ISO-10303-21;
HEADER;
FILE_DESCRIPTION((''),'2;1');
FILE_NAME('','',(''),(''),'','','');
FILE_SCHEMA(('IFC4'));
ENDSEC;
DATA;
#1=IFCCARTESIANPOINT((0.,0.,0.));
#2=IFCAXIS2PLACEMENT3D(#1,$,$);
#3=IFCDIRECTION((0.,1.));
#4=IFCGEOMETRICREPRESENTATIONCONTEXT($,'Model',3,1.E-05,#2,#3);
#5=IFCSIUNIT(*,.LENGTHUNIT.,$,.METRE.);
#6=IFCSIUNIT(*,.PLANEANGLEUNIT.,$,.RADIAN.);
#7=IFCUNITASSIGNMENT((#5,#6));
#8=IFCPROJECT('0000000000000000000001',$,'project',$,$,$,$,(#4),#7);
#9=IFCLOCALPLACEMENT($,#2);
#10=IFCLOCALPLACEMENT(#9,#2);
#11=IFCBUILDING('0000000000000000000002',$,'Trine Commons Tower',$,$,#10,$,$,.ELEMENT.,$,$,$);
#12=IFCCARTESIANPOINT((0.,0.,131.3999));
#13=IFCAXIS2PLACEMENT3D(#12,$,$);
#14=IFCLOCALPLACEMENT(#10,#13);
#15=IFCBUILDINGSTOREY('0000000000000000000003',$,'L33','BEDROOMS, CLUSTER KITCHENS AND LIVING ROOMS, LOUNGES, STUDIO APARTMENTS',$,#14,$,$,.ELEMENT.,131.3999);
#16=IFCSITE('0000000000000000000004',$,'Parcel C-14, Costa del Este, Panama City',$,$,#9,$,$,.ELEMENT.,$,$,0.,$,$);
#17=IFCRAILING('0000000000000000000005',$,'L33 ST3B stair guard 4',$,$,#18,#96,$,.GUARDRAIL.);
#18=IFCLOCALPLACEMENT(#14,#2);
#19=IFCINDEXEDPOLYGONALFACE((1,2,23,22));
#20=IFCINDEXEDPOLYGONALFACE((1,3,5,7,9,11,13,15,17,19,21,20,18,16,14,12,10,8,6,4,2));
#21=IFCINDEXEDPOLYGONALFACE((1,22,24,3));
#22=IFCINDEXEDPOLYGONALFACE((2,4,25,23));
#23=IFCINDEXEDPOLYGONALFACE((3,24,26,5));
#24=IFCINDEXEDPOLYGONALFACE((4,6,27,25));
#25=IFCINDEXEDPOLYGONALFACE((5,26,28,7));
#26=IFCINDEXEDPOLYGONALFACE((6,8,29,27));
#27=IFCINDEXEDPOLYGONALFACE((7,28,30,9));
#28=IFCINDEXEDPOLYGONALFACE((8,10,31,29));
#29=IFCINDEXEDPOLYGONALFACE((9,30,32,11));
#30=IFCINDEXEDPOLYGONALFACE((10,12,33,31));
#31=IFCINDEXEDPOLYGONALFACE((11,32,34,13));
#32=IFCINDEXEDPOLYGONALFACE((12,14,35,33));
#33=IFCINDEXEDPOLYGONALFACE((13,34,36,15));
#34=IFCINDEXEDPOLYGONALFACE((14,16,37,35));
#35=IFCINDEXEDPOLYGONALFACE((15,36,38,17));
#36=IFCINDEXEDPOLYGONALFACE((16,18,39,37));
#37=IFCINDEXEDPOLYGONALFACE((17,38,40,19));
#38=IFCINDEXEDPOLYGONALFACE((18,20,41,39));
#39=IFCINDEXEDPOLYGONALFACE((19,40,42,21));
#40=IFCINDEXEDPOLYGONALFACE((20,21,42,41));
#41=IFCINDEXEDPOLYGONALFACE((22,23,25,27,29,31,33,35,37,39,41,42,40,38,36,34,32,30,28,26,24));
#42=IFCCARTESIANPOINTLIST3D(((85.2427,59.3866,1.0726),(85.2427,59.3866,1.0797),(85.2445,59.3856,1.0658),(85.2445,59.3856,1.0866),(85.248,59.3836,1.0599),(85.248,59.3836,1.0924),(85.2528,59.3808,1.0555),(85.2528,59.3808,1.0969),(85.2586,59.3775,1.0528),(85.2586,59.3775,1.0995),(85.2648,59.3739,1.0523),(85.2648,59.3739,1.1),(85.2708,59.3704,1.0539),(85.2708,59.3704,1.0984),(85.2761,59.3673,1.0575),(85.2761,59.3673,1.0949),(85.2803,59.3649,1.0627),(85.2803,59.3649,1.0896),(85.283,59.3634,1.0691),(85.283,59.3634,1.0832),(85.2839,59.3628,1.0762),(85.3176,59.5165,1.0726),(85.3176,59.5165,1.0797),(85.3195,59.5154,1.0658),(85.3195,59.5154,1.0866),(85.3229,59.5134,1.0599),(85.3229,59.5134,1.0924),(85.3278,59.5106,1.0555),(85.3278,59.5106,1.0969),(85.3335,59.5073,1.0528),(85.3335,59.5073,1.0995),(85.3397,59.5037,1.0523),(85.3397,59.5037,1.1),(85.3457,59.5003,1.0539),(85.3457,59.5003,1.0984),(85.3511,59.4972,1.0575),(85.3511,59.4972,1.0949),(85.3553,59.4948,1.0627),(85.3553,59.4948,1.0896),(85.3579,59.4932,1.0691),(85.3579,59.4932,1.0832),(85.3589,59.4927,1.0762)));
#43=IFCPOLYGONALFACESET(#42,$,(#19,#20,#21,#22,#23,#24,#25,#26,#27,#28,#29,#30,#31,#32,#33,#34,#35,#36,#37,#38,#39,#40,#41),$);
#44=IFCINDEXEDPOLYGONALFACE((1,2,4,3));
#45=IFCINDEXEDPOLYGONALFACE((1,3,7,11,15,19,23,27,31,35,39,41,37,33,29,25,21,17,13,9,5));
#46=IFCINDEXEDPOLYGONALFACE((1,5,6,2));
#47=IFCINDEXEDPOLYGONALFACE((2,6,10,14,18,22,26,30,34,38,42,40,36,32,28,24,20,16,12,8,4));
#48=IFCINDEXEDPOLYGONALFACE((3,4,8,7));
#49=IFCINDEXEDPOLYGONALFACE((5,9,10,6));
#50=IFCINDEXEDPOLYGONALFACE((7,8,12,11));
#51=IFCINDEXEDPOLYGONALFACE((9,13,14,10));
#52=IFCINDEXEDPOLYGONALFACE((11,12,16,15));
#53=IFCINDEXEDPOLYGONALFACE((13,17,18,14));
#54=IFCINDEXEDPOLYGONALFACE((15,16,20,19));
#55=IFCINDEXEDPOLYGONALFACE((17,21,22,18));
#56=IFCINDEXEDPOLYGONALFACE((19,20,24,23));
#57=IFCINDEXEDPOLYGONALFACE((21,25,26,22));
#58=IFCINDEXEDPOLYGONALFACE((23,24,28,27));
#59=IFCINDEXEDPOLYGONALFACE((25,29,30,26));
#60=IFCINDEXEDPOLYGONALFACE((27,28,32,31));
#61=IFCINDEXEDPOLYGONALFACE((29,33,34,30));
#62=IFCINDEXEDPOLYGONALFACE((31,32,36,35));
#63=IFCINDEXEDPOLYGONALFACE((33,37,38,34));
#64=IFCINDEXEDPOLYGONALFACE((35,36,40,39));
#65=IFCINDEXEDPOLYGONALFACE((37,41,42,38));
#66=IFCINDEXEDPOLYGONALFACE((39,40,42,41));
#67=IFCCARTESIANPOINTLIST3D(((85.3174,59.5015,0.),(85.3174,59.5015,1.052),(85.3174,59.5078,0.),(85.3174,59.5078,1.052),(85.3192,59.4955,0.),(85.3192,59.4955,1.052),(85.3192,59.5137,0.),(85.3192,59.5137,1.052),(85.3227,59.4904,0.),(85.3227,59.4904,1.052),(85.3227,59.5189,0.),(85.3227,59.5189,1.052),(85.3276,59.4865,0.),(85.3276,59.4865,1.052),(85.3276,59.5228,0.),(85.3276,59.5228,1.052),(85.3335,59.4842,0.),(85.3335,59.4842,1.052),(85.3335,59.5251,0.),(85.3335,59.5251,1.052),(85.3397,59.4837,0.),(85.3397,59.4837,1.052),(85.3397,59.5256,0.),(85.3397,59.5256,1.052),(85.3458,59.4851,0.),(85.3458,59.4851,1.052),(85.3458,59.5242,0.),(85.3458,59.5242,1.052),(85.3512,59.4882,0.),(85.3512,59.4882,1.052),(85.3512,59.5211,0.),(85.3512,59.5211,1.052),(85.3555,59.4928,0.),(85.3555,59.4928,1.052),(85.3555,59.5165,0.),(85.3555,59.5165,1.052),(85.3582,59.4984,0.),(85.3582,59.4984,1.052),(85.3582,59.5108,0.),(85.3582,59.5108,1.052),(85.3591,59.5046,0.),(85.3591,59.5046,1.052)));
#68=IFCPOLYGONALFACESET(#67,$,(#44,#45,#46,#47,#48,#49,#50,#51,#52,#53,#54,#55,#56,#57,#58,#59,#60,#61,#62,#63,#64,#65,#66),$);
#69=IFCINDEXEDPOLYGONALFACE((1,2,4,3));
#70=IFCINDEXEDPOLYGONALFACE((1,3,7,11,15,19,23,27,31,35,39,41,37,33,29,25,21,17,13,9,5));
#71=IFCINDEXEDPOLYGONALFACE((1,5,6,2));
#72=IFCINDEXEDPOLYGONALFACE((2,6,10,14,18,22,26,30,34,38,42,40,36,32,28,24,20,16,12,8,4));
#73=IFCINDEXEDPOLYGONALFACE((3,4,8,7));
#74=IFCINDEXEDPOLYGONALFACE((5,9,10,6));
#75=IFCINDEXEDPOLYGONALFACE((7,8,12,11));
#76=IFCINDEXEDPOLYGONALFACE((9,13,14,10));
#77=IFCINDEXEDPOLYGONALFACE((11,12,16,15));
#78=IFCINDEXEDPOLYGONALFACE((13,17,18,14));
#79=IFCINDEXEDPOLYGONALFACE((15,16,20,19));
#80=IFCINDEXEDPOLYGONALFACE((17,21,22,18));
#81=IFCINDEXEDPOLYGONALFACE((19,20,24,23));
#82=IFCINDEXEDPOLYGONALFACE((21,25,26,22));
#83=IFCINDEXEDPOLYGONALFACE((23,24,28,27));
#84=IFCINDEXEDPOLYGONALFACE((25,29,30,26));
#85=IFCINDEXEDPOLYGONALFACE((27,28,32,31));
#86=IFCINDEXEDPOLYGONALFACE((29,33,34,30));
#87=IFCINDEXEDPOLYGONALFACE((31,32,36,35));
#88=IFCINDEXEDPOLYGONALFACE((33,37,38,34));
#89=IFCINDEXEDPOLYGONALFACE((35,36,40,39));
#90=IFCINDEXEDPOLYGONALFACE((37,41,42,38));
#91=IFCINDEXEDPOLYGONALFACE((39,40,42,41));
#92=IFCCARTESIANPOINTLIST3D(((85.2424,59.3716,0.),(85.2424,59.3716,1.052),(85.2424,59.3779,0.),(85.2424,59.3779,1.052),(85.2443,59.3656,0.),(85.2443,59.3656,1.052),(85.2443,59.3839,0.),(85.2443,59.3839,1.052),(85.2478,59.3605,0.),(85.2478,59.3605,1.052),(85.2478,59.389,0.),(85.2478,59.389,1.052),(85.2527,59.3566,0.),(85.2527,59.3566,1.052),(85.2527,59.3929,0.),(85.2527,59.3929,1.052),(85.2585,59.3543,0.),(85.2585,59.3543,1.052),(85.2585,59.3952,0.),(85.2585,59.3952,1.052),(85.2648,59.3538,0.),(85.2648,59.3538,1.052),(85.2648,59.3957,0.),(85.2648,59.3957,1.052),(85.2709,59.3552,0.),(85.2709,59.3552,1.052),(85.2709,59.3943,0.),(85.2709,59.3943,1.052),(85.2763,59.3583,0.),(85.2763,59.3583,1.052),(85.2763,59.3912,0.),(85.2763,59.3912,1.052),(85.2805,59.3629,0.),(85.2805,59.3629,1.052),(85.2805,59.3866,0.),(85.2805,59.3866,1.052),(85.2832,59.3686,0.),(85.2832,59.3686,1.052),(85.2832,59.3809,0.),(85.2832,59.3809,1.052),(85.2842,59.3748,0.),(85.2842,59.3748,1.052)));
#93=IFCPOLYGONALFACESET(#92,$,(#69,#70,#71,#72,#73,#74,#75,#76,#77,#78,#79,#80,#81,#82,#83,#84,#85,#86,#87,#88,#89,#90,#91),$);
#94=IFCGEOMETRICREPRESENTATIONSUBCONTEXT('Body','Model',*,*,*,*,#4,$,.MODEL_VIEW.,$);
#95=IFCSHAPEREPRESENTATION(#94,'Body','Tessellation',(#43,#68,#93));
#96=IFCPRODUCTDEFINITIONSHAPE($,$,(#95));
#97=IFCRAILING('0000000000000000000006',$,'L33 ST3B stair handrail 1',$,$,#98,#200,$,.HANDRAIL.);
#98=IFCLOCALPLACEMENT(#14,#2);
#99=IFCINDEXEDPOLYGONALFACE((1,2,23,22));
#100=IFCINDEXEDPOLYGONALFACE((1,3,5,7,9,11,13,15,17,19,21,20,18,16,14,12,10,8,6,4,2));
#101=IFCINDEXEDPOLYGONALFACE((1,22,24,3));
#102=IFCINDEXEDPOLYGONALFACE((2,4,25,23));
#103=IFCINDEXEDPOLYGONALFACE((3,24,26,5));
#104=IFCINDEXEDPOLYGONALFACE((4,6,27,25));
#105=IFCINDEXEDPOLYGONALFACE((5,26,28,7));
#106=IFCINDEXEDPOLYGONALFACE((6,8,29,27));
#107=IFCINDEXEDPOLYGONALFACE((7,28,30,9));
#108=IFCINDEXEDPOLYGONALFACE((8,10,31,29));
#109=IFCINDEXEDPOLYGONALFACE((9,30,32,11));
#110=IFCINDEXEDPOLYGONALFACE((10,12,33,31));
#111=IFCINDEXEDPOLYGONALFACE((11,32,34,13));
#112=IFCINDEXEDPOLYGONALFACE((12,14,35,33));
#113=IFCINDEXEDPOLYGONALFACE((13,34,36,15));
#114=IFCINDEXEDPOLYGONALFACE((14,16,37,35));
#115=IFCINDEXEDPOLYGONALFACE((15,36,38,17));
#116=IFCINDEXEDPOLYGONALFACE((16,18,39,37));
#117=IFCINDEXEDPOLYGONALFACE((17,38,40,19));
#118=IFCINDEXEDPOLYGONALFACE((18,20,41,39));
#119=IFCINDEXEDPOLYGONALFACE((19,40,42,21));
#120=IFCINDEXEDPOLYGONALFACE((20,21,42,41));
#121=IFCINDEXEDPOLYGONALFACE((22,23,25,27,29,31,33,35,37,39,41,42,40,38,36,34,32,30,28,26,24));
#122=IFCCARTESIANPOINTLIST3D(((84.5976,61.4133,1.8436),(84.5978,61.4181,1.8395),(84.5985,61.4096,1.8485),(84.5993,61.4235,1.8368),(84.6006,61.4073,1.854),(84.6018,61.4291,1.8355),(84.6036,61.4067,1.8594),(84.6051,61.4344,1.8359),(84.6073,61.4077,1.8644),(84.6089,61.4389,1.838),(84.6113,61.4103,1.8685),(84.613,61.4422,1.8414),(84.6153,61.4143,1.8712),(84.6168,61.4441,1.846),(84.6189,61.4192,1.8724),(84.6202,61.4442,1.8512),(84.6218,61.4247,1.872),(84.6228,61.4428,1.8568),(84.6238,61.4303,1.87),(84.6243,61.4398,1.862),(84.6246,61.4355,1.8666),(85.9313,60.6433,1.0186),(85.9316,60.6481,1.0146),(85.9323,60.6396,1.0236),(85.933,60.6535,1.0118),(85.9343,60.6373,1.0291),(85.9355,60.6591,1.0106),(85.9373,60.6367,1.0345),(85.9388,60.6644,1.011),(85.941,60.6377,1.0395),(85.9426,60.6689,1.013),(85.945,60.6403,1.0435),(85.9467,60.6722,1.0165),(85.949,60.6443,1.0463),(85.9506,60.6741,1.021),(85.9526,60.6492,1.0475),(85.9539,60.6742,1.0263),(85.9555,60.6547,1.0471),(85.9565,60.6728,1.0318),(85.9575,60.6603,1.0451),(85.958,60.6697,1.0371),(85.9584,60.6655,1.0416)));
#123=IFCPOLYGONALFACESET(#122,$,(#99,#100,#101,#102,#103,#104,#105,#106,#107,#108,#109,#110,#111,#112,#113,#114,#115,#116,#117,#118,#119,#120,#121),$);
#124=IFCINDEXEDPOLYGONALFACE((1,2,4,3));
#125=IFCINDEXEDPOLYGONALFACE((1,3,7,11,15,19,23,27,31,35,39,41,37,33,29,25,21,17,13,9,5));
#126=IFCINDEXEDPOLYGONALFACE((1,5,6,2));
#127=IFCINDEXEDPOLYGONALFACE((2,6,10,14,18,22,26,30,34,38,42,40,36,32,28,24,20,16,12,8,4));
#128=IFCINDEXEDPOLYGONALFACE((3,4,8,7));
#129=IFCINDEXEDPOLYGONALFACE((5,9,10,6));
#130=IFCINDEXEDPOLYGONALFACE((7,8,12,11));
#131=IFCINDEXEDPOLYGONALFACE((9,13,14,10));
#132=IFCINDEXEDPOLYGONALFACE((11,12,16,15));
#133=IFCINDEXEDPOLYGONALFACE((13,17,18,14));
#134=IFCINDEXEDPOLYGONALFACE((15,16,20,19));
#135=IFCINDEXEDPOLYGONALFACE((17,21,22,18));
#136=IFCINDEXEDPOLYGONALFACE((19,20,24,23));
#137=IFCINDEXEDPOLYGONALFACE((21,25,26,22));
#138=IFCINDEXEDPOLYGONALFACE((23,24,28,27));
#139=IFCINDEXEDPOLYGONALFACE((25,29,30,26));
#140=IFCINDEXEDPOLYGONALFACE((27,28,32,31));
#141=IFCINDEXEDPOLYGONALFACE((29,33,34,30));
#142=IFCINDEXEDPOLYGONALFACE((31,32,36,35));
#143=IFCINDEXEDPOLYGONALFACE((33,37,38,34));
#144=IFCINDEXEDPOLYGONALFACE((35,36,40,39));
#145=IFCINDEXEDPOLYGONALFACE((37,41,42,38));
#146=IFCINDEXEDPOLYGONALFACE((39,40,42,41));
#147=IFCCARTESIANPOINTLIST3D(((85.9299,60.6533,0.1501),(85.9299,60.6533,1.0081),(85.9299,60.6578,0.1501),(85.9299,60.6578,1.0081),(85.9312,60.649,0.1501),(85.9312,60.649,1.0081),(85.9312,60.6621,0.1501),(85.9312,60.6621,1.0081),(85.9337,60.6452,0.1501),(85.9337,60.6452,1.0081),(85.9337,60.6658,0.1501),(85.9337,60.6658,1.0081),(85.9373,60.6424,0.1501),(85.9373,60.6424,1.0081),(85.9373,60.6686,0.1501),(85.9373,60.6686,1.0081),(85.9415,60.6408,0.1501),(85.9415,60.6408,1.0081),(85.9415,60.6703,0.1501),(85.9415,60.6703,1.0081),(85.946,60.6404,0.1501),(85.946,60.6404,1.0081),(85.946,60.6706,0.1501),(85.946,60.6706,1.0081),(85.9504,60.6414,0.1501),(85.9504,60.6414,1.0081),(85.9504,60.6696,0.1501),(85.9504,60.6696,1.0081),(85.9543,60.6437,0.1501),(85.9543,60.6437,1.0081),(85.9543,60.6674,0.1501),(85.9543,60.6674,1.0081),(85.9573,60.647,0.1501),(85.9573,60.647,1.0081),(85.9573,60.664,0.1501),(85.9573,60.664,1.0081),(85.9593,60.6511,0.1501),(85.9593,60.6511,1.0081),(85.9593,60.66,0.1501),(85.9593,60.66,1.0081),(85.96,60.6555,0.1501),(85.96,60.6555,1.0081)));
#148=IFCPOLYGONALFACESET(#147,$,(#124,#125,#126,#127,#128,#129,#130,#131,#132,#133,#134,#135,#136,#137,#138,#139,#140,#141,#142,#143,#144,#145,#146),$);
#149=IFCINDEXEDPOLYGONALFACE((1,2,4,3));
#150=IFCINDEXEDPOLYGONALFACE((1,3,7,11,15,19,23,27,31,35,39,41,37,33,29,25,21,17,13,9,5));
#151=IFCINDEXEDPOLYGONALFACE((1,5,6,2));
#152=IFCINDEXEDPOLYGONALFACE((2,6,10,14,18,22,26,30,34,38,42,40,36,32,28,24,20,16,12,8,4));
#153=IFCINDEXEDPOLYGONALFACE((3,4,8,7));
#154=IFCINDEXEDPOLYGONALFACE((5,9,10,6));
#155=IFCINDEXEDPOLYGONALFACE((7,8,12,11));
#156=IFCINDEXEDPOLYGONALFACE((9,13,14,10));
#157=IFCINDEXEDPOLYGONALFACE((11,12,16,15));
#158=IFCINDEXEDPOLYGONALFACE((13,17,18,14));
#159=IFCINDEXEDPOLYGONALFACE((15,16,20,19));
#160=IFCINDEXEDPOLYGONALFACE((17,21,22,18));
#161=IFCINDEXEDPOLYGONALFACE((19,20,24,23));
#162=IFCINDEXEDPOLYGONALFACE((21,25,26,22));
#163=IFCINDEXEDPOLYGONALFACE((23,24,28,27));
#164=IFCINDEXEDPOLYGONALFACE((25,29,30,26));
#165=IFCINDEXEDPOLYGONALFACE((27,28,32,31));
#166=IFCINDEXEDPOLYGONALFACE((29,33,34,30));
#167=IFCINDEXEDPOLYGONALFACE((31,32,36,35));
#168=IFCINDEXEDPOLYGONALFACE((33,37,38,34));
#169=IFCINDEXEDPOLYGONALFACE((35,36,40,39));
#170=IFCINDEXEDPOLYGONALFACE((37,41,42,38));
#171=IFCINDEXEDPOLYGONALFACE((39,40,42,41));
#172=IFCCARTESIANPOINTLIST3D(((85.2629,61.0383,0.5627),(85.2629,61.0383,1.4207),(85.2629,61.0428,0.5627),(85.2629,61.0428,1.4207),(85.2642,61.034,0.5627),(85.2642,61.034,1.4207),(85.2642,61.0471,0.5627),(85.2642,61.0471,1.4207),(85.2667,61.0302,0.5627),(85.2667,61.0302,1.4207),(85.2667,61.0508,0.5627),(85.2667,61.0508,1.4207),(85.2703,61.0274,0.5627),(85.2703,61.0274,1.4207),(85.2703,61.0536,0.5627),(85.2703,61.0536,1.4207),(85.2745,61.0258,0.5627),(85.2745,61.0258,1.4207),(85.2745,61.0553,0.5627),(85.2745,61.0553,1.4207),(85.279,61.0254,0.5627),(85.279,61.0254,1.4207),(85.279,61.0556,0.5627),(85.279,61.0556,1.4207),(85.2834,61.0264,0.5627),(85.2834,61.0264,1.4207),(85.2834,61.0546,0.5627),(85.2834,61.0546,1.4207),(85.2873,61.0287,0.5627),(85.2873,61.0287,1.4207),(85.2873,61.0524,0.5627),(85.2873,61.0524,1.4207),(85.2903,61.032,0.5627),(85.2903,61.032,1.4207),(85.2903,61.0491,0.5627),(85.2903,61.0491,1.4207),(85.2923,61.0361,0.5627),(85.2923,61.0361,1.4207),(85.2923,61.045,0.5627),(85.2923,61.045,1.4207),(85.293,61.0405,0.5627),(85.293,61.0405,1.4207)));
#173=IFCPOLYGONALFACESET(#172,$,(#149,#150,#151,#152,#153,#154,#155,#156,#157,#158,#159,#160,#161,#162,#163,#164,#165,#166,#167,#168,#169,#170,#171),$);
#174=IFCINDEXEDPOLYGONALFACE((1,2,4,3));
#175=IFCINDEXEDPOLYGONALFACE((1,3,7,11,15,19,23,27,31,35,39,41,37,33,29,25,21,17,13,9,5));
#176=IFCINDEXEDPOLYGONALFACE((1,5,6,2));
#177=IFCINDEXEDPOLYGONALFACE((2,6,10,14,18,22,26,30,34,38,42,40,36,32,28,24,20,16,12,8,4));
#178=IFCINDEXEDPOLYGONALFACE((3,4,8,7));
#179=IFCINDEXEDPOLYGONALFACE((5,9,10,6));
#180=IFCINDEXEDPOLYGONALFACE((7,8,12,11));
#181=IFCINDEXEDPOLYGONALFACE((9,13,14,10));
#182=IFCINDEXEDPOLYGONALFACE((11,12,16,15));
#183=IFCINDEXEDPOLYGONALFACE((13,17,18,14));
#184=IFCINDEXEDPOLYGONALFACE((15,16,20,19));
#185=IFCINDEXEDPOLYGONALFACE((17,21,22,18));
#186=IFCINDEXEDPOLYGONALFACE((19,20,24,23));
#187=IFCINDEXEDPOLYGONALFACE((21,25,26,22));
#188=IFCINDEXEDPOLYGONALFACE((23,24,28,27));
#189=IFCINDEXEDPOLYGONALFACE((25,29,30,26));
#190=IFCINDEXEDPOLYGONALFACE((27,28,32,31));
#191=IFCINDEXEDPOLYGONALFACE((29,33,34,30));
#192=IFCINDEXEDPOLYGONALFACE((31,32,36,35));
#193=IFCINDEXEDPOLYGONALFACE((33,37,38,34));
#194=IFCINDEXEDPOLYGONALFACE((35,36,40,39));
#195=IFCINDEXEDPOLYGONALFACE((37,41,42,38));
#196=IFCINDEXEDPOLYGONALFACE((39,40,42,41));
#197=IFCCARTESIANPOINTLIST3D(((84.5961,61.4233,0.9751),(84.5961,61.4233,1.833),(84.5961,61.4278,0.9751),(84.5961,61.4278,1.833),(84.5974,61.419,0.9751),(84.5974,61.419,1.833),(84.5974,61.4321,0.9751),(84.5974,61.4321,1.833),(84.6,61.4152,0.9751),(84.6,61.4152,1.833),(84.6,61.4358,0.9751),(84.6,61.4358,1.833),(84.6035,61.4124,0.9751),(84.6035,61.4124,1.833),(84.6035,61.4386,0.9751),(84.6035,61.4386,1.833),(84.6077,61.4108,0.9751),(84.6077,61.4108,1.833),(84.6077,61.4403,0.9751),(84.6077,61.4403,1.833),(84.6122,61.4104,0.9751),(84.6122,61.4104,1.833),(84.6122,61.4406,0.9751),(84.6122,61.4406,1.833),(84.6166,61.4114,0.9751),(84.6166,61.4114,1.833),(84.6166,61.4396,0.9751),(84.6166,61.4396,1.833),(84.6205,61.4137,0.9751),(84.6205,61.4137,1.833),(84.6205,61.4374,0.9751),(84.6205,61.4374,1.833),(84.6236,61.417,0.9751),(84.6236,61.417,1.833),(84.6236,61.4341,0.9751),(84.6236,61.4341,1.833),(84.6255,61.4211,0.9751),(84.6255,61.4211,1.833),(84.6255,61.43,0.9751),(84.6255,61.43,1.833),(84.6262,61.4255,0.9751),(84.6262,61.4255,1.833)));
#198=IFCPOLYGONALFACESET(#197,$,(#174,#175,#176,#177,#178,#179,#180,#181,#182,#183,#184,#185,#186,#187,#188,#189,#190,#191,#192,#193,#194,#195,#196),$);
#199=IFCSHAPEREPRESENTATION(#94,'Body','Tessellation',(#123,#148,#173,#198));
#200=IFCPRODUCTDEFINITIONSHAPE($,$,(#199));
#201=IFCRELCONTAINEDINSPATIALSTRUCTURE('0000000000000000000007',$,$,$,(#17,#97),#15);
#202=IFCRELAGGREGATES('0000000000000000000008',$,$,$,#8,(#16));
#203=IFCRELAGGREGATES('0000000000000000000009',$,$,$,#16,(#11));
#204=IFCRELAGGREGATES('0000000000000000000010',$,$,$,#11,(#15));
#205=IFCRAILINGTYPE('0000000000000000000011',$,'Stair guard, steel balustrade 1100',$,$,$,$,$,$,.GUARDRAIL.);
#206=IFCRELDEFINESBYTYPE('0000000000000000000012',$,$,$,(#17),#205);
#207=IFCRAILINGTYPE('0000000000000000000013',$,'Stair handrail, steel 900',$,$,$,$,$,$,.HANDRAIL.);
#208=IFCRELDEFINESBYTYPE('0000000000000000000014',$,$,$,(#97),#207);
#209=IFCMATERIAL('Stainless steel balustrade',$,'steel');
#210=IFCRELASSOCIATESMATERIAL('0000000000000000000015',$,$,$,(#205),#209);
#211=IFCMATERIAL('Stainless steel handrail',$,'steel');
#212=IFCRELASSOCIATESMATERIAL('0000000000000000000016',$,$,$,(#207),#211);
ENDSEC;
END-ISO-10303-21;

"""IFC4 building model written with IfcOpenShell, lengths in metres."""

from ifc_helpers import new_model, si_unit, direction, frame, origin, origin_2d, place, context, subcontext, project, spatial, circle, extrude, material, type_object, element, save


model = new_model("IFC4")

# Units and contexts
model_context = context("Model", 3, precision=1e-05, world=origin(), true_north=direction((0.0, 1.0)))
body_context = subcontext(model_context, "Body", "Model", "MODEL_VIEW")
ifc_project = project(units=[si_unit("LENGTHUNIT", "METRE"), si_unit("PLANEANGLEUNIT", "RADIAN")], contexts=[model_context])

# Site, building, storey
site_placement = place(None, origin())
site = spatial("IfcSite", under=ifc_project, at=site_placement, Name="Parcel C-14, Costa del Este, Panama City", CompositionType="ELEMENT", RefElevation=0.0)
building_placement = place(site_placement, origin())
building = spatial("IfcBuilding", under=site, at=building_placement, Name="Trine Commons Tower", CompositionType="ELEMENT")
storey_placement = place(building_placement, frame((0.0, 0.0, 131.3999)))
storey = spatial("IfcBuildingStorey", under=building, at=storey_placement, Name="L33", Description="BEDROOMS, CLUSTER KITCHENS AND LIVING ROOMS, LOUNGES, STUDIO APARTMENTS", CompositionType="ELEMENT", Elevation=131.3999)

# Railings
ifc_material_1 = material(Name="Stainless steel balustrade", Category="steel")
railing_type_1 = type_object("IfcRailingType", Name="Stair guard, steel balustrade 1100", PredefinedType="GUARDRAIL", material=ifc_material_1)
railing_1_placement = place(storey_placement, frame((85.3381, 59.5046, 0.0)))
element("IfcRailing", 1, at=railing_1_placement, inside=storey, type_object=railing_type_1, Name="L33 ST3B stair guard 4", PredefinedType="GUARDRAIL", context=body_context, shape_type="SweptSolid", body=[
    extrude(circle(Radius=0.0239, at=origin_2d()), frame((0.0, 0.0, 1.0762), z_axis=(-0.499816, -0.866131, 0.0), x_axis=(0.866131, -0.499816, 0.0)), (0.0, 0.0, 1.0), 0.1499),
    extrude(circle(Radius=0.021, at=origin_2d()), origin(), (0.0, 0.0, 1.0), 1.052),
    extrude(circle(Radius=0.021, at=origin_2d()), frame((-0.075, -0.1299, 0.0)), (0.0, 0.0, 1.0), 1.052),
])
ifc_material_2 = material(Name="Stainless steel handrail", Category="steel")
railing_type_2 = type_object("IfcRailingType", Name="Stair handrail, steel 900", PredefinedType="HANDRAIL", material=ifc_material_2)
for number, where, name in (
    (2, (85.9448, 60.6555, 0.1501), "L33 ST3B stair handrail 1"),
):
    element("IfcRailing", number, at=place(storey_placement, frame(where)), inside=storey, type_object=railing_type_2, Name=name, PredefinedType="HANDRAIL", context=body_context, shape_type="SweptSolid", body=[
        extrude(circle(Radius=0.021, at=origin_2d()), frame((0.0, 0.0, 0.8789), z_axis=(-0.763405, 0.440743, 0.472185), x_axis=(-0.499992, -0.86603, 0.0)), (0.0, 0.0, 1.0), 1.7471),
        extrude(circle(Radius=0.0151, at=origin_2d()), origin(), (0.0, 0.0, 1.0), 0.8579),
        extrude(circle(Radius=0.0151, at=origin_2d()), frame((-0.667, 0.385, 0.4126)), (0.0, 0.0, 1.0), 0.8579),
        extrude(circle(Radius=0.0151, at=origin_2d()), frame((-1.3337, 0.77, 0.825)), (0.0, 0.0, 1.0), 0.8579),
    ])

save(model, "model.ifc")
